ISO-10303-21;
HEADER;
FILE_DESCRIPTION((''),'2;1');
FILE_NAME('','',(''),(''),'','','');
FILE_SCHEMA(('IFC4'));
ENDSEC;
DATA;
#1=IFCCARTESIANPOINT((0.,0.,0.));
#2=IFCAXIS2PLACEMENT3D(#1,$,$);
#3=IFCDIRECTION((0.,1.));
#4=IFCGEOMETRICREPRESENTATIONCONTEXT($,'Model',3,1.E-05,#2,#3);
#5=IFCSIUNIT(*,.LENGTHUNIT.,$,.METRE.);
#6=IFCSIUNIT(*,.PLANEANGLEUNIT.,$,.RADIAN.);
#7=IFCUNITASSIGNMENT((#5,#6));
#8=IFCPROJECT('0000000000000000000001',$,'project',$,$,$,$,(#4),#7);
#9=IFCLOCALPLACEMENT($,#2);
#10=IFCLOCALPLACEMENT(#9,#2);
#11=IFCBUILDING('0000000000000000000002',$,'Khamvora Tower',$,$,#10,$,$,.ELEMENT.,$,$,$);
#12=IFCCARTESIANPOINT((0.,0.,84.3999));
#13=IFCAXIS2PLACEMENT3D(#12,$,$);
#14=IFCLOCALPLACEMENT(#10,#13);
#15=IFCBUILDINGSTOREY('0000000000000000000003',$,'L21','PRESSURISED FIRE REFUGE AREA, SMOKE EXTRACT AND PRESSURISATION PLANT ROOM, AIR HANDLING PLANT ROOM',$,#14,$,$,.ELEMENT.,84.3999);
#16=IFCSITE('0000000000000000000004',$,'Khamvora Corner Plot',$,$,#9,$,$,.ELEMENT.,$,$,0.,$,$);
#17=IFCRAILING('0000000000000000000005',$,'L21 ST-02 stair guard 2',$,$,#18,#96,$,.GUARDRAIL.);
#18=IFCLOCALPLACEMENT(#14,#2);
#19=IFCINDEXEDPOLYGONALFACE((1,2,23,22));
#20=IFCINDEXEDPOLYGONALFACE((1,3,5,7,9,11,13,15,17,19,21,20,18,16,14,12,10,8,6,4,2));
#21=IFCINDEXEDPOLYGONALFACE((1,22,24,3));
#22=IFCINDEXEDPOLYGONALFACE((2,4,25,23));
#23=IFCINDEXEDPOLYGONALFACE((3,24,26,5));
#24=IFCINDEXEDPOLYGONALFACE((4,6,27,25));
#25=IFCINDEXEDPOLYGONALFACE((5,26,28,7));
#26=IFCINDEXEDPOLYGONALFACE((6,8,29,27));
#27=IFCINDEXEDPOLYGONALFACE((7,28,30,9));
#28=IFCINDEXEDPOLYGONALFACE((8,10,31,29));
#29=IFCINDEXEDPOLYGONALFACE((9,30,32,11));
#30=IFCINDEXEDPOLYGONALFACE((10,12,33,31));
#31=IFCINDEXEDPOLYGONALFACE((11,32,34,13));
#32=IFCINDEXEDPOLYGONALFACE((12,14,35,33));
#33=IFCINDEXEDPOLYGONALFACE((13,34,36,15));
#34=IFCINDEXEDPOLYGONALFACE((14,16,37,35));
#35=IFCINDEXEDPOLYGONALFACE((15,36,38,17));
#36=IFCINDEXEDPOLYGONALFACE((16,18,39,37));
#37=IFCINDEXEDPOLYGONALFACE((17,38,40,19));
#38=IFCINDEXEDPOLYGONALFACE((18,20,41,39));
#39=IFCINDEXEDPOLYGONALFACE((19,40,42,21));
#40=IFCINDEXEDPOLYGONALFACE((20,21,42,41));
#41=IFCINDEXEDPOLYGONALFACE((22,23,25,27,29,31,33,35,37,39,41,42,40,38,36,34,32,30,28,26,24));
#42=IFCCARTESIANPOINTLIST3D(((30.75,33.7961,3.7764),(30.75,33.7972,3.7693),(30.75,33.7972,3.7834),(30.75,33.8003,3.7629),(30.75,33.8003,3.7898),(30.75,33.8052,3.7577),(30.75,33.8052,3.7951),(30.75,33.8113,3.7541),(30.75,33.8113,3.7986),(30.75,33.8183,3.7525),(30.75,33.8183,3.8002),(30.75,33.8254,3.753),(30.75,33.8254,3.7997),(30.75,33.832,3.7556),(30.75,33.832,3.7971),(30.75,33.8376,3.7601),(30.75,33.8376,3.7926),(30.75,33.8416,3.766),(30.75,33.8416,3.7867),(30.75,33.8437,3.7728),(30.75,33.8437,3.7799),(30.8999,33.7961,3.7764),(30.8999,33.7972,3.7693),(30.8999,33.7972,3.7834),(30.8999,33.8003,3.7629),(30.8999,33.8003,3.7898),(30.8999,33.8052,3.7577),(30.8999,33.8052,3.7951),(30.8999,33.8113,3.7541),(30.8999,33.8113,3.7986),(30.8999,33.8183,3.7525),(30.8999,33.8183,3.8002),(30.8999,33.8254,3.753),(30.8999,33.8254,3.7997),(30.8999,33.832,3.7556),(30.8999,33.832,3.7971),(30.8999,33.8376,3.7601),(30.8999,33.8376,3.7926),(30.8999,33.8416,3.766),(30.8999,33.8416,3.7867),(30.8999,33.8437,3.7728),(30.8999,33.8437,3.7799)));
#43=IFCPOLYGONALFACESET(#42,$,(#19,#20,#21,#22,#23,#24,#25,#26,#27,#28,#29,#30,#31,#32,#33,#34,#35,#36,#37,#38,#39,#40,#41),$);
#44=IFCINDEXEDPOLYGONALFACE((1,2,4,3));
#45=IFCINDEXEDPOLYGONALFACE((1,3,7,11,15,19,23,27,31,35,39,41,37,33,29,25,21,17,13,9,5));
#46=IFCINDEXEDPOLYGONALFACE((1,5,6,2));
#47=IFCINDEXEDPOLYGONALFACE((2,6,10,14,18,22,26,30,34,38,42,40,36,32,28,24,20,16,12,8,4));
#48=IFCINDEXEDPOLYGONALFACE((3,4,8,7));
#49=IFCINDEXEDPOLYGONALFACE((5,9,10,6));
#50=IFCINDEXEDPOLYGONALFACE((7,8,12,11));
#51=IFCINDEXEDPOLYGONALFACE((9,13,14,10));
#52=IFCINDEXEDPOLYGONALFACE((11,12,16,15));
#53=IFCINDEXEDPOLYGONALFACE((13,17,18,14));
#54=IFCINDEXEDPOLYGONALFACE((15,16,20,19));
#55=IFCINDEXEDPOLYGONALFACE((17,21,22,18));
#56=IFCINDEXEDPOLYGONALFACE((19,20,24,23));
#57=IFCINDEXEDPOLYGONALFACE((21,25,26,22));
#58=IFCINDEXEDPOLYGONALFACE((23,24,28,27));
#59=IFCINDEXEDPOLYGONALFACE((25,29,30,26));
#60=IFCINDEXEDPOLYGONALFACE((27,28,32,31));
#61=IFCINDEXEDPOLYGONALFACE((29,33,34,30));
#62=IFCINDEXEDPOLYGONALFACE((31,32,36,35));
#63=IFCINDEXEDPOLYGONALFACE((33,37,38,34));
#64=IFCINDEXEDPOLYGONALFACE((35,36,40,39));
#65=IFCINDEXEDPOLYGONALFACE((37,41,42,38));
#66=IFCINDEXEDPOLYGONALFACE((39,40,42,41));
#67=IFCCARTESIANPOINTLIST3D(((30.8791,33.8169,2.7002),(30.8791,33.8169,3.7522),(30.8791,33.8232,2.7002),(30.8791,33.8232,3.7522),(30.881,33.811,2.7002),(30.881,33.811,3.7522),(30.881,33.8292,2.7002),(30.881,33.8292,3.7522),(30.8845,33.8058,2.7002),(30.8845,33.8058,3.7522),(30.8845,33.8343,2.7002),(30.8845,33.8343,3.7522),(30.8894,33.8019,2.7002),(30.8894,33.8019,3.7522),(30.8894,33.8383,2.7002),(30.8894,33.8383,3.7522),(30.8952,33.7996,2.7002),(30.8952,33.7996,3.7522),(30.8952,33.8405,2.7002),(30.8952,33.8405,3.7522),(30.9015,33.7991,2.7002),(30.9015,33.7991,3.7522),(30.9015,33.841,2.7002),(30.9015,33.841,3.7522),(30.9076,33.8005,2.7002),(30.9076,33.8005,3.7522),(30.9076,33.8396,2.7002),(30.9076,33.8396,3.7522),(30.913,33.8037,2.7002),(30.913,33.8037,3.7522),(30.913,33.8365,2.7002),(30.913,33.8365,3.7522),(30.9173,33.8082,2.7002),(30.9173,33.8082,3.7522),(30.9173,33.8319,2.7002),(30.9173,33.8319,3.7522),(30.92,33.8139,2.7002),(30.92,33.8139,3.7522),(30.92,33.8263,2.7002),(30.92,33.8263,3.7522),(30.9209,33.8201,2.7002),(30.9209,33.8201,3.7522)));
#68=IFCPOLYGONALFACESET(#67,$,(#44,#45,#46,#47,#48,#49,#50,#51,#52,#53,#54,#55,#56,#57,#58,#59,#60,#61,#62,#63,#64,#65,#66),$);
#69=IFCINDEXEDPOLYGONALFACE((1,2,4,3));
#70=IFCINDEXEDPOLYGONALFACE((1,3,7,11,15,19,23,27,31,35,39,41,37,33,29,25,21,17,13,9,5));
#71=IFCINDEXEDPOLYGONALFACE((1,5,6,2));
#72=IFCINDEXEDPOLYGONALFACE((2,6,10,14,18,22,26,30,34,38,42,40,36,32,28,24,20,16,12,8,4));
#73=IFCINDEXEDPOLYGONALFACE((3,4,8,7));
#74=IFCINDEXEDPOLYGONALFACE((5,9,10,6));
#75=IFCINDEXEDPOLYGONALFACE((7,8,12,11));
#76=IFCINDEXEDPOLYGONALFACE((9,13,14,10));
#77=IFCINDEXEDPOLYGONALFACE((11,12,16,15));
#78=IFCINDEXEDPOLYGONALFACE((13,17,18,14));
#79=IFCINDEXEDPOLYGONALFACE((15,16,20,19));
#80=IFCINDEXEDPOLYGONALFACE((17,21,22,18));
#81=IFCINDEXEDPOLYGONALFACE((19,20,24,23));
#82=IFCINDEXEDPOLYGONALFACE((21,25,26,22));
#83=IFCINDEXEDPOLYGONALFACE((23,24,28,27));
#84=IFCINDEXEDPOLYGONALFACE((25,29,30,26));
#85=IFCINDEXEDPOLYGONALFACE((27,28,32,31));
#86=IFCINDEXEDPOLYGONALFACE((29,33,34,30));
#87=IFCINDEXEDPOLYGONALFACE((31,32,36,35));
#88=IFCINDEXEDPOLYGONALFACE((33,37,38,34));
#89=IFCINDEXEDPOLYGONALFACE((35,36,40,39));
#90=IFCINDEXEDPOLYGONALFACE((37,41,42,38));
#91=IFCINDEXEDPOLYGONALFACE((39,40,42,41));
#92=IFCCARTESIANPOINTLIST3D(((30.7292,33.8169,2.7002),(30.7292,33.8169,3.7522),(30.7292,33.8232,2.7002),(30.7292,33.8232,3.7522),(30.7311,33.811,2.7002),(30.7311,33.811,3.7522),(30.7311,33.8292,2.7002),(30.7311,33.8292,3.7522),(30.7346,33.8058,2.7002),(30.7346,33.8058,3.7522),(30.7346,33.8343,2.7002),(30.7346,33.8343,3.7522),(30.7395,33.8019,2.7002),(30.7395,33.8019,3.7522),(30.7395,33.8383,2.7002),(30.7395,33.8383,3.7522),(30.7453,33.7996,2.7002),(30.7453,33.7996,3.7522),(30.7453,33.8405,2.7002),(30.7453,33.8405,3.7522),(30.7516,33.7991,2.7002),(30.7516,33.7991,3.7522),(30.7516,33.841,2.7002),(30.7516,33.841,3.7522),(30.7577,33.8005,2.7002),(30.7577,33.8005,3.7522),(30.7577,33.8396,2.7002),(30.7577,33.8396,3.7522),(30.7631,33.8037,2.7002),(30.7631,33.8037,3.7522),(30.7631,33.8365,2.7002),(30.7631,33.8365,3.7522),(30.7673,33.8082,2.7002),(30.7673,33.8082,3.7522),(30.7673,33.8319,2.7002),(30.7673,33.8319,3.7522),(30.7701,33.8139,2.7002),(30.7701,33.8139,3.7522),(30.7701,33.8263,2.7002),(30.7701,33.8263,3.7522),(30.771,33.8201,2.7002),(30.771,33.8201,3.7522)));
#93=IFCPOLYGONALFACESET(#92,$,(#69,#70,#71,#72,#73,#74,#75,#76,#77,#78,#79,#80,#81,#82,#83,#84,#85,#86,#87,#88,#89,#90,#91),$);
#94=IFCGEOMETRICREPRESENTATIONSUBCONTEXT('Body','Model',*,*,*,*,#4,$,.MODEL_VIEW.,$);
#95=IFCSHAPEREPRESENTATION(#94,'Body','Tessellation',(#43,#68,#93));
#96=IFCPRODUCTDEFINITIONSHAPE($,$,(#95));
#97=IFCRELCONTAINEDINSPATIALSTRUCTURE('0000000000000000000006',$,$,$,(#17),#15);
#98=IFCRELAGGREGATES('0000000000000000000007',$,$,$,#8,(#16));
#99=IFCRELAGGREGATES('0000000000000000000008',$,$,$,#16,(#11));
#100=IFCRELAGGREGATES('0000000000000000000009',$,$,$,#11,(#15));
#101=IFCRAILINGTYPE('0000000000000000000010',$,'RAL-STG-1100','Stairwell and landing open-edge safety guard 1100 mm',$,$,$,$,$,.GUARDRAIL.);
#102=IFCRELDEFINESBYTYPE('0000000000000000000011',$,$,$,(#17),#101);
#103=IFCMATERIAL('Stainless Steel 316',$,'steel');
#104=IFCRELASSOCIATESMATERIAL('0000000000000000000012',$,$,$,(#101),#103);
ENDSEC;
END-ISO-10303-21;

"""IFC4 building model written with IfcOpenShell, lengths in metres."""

from ifc_helpers import new_model, si_unit, direction, frame, origin, origin_2d, place, context, subcontext, project, spatial, circle, extrude, material, type_object, element, save


model = new_model("IFC4")

# Units and contexts
model_context = context("Model", 3, precision=1e-05, world=origin(), true_north=direction((0.0, 1.0)))
body_context = subcontext(model_context, "Body", "Model", "MODEL_VIEW")
ifc_project = project(units=[si_unit("LENGTHUNIT", "METRE"), si_unit("PLANEANGLEUNIT", "RADIAN")], contexts=[model_context])

# Site, building, storey
site_placement = place(None, origin())
site = spatial("IfcSite", under=ifc_project, at=site_placement, Name="Khamvora Corner Plot", CompositionType="ELEMENT", RefElevation=0.0)
building_placement = place(site_placement, origin())
building = spatial("IfcBuilding", under=site, at=building_placement, Name="Khamvora Tower", CompositionType="ELEMENT")
storey_placement = place(building_placement, frame((0.0, 0.0, 84.3999)))
storey = spatial("IfcBuildingStorey", under=building, at=storey_placement, Name="L21", Description="PRESSURISED FIRE REFUGE AREA, SMOKE EXTRACT AND PRESSURISATION PLANT ROOM, AIR HANDLING PLANT ROOM", CompositionType="ELEMENT", Elevation=84.3999)

# Railing
ifc_material_1 = material(Name="Stainless Steel 316", Category="steel")
railing_type_1 = type_object("IfcRailingType", Name="RAL-STG-1100", Description="Stairwell and landing open-edge safety guard 1100 mm", PredefinedType="GUARDRAIL", material=ifc_material_1)
railing_1_placement = place(storey_placement, frame((30.8999, 33.8201, 2.7002)))
element("IfcRailing", 1, at=railing_1_placement, inside=storey, type_object=railing_type_1, Name="L21 ST-02 stair guard 2", PredefinedType="GUARDRAIL", context=body_context, shape_type="SweptSolid", body=[
    extrude(circle(Radius=0.0239, at=origin_2d()), frame((0.0, 0.0, 1.0762), z_axis=(-1.0, 0.0, 0.0), x_axis=(0.0, -1.0, 0.0)), (0.0, 0.0, 1.0), 0.1499),
    extrude(circle(Radius=0.021, at=origin_2d()), origin(), (0.0, 0.0, 1.0), 1.052),
    extrude(circle(Radius=0.021, at=origin_2d()), frame((-0.1499, 0.0, 0.0)), (0.0, 0.0, 1.0), 1.052),
])

save(model, "model.ifc")
